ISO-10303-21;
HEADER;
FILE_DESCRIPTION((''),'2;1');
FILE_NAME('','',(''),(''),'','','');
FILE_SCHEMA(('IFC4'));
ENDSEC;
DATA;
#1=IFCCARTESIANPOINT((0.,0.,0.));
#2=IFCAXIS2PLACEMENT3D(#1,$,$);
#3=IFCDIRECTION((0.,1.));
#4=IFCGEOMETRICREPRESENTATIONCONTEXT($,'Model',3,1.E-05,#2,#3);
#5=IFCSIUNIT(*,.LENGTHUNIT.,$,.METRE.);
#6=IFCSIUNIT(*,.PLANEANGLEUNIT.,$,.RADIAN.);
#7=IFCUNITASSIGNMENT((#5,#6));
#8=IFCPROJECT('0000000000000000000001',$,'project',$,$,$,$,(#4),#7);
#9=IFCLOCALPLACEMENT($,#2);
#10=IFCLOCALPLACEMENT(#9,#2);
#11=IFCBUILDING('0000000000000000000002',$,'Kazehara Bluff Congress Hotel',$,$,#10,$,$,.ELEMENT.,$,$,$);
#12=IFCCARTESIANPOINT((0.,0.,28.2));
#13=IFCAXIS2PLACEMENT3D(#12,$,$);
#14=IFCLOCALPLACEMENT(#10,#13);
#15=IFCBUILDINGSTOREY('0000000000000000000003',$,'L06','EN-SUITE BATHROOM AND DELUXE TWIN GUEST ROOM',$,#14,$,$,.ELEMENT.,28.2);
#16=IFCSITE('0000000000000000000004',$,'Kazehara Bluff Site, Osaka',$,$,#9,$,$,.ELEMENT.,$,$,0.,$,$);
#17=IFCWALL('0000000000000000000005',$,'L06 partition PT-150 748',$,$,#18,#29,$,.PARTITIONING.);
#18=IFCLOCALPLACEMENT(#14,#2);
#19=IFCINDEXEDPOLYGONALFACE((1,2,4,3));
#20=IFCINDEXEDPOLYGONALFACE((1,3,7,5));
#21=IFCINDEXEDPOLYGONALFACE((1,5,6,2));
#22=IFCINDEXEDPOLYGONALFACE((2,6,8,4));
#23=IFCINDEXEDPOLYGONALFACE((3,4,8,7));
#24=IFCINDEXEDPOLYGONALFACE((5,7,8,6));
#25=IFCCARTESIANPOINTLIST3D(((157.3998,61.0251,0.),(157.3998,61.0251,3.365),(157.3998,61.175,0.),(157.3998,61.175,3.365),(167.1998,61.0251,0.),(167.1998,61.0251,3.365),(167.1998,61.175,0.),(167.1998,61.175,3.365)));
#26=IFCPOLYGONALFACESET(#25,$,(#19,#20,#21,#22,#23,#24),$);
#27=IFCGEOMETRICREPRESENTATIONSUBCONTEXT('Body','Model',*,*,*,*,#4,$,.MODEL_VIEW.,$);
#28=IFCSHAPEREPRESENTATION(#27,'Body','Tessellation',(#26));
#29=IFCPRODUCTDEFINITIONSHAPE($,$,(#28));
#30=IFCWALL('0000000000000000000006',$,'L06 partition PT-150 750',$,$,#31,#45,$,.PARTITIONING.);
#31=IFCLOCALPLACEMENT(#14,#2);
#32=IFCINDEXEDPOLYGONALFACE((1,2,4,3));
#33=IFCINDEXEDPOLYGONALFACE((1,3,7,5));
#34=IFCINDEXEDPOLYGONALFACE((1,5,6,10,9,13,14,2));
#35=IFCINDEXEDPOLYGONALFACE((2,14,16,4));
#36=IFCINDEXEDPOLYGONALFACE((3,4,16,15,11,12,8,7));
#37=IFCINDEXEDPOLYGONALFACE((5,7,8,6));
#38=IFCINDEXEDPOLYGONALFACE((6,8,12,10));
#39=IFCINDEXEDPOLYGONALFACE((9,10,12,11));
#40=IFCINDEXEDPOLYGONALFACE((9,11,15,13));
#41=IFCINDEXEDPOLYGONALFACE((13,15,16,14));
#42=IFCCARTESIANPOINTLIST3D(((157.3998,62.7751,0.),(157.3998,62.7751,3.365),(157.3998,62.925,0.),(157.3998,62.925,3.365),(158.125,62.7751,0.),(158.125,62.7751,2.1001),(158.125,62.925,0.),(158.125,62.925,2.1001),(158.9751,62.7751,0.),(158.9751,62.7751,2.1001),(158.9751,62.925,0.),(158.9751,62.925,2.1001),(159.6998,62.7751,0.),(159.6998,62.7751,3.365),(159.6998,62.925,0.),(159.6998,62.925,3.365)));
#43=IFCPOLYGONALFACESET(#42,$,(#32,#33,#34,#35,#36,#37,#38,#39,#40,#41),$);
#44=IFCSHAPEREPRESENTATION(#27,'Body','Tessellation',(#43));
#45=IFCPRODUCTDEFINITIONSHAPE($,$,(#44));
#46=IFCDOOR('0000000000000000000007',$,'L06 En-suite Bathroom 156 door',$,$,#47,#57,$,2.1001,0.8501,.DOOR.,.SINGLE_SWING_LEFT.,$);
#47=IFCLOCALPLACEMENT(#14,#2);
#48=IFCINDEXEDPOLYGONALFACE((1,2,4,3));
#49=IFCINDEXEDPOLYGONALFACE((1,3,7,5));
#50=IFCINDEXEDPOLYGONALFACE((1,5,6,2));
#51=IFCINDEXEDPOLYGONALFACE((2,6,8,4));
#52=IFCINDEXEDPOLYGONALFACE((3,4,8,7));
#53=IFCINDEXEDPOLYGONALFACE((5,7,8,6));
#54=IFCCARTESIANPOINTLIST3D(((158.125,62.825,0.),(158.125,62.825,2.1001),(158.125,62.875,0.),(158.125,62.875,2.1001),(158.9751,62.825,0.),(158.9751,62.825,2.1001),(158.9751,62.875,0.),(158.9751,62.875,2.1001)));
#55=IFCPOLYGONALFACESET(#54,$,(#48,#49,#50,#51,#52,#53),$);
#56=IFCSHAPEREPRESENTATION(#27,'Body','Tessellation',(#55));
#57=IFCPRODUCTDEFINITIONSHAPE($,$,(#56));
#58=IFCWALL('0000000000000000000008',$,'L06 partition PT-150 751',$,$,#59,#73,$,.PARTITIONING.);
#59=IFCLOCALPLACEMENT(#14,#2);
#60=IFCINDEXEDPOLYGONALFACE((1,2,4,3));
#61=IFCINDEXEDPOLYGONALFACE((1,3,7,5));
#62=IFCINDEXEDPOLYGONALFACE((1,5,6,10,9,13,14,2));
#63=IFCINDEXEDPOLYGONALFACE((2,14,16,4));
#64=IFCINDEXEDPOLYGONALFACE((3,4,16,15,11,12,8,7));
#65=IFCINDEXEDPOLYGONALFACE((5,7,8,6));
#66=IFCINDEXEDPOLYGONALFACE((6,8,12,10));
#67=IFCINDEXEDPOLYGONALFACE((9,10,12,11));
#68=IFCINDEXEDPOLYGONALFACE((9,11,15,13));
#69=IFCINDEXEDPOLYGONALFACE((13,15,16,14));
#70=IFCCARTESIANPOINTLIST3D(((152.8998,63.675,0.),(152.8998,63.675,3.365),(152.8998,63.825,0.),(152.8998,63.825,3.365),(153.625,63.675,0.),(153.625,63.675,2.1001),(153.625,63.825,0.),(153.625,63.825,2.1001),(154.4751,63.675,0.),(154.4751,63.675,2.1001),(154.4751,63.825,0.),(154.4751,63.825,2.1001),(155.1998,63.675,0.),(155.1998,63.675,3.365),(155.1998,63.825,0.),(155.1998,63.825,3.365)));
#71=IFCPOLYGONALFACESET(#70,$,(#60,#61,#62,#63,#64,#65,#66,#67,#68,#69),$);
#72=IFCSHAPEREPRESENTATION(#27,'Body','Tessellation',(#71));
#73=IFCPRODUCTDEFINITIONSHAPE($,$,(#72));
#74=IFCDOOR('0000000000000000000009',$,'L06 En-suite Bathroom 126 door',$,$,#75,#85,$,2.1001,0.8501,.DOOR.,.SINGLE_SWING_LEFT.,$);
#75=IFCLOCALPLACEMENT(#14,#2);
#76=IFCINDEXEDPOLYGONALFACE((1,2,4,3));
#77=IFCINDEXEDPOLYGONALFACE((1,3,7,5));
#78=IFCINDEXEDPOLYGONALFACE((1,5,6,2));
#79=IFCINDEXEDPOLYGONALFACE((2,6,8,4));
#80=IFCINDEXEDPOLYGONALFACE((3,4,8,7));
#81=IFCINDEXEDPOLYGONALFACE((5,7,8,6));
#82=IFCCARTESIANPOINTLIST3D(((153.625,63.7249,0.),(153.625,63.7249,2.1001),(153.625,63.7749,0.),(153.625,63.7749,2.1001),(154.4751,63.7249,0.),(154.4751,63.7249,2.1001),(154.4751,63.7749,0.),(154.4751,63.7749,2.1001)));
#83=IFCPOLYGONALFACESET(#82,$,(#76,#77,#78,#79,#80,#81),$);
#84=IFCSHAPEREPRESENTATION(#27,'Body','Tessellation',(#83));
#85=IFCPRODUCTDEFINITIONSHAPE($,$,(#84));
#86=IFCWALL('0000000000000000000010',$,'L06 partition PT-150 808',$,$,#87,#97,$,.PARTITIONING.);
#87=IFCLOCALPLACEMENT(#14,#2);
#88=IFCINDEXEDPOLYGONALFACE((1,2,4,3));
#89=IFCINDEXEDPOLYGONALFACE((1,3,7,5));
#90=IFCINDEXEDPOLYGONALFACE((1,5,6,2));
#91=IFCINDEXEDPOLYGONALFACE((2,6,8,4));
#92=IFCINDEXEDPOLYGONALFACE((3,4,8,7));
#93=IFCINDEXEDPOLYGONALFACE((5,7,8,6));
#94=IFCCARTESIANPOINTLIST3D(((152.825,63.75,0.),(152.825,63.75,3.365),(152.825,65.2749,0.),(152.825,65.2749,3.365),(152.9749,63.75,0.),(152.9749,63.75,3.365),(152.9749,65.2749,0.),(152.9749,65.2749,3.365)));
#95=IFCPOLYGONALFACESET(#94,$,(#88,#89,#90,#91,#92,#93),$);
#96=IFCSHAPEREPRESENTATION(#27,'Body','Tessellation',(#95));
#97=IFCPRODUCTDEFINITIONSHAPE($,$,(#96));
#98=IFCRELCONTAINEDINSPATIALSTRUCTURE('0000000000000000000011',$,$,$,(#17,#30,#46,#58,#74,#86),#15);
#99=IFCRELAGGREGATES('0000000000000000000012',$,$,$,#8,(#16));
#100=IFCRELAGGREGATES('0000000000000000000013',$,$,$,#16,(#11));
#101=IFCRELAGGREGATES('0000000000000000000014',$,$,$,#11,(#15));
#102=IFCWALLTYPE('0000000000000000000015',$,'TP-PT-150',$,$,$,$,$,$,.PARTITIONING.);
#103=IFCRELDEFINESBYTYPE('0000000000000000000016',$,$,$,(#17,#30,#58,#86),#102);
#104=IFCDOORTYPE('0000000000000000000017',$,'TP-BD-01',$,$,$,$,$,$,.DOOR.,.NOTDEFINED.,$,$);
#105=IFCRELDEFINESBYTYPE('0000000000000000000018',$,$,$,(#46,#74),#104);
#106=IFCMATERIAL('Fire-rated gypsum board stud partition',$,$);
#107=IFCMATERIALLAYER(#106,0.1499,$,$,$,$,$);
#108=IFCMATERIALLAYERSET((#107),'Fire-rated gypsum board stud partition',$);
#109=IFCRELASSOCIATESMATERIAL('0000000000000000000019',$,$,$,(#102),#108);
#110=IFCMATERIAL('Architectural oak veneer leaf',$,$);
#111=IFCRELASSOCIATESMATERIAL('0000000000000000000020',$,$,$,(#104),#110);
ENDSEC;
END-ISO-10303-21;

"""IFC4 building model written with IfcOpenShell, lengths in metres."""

from ifc_helpers import new_model, si_unit, direction, frame, frame_2d, origin, place, context, subcontext, project, spatial, rectangle, extrude, material, layer, layer_set, type_object, element, fill, save


model = new_model("IFC4")

# Units and contexts
model_context = context("Model", 3, precision=1e-05, world=origin(), true_north=direction((0.0, 1.0)))
body_context = subcontext(model_context, "Body", "Model", "MODEL_VIEW")
ifc_project = project(units=[si_unit("LENGTHUNIT", "METRE"), si_unit("PLANEANGLEUNIT", "RADIAN")], contexts=[model_context])

# Site, building, storey
site_placement = place(None, origin())
site = spatial("IfcSite", under=ifc_project, at=site_placement, Name="Kazehara Bluff Site, Osaka", CompositionType="ELEMENT", RefElevation=0.0)
building_placement = place(site_placement, origin())
building = spatial("IfcBuilding", under=site, at=building_placement, Name="Kazehara Bluff Congress Hotel", CompositionType="ELEMENT")
storey_placement = place(building_placement, frame((0.0, 0.0, 28.2)))
storey = spatial("IfcBuildingStorey", under=building, at=storey_placement, Name="L06", Description="EN-SUITE BATHROOM AND DELUXE TWIN GUEST ROOM", CompositionType="ELEMENT", Elevation=28.2)

# Wall
ifc_material_1 = material(Name="Fire-rated gypsum board stud partition")
ifc_layer = layer(ifc_material_1, 0.1499)
ifc_layer_set = layer_set([ifc_layer], Name="Fire-rated gypsum board stud partition")
wall_type = type_object("IfcWallType", Name="TP-PT-150", PredefinedType="PARTITIONING", material=ifc_layer_set)
wall_1_placement = place(storey_placement, frame((157.3999, 61.1001, 0.0), z_axis=(0.0, 0.0, 1.0), x_axis=(1.0, 0.0, 0.0)))
element("IfcWall", 1, at=wall_1_placement, inside=storey, type_object=wall_type, Name="L06 partition PT-150 748", PredefinedType="PARTITIONING", context=body_context, shape_type="SweptSolid", body=[
    extrude(rectangle(XDim=9.8, YDim=0.1499, at=frame_2d((4.8999, 0.0))), origin(), (0.0, 0.0, 1.0), 3.365),
])

# Walls, openings, doors
wall_2_placement = place(storey_placement, frame((157.3999, 62.8501, 0.0), z_axis=(0.0, 0.0, 1.0), x_axis=(1.0, 0.0, 0.0)))
wall_2 = element("IfcWall", 2, at=wall_2_placement, inside=storey, type_object=wall_type, Name="L06 partition PT-150 750", PredefinedType="PARTITIONING", context=body_context, shape_type="SweptSolid", body=[
    extrude(rectangle(XDim=2.3, YDim=0.1499, at=frame_2d((1.1499, 0.0))), origin(), (0.0, 0.0, 1.0), 3.365),
])
opening_1_placement = place(wall_2_placement, frame((0.7251, 0.0, 0.0)))
opening_1 = element("IfcOpeningElement", 3, at=opening_1_placement, cuts=wall_2, PredefinedType="OPENING", context=body_context, shape_type="SweptSolid", body=[
    extrude(rectangle(XDim=0.8501, YDim=2.1001, at=frame_2d((0.425, 1.05))), frame((0.0, 0.085, 0.0), z_axis=(0.0, -1.0, 0.0), x_axis=(1.0, 0.0, 0.0)), (0.0, 0.0, 1.0), 0.1699),
])
ifc_material_2 = material(Name="Architectural oak veneer leaf")
door_type_1 = type_object("IfcDoorType", Name="TP-BD-01", OperationType="NOTDEFINED", PredefinedType="DOOR", material=ifc_material_2)
door_1_placement = place(opening_1_placement, origin())
door_1 = element("IfcDoor", 4, at=door_1_placement, inside=storey, type_object=door_type_1, Name="L06 En-suite Bathroom 156 door", OperationType="SINGLE_SWING_LEFT", OverallHeight=2.1001, OverallWidth=0.8501, PredefinedType="DOOR", context=body_context, shape_type="SweptSolid", body=[
    extrude(rectangle(XDim=0.8501, YDim=2.1001, at=frame_2d((0.425, 1.05))), frame((0.0, 0.0249, 0.0), z_axis=(0.0, -1.0, 0.0), x_axis=(1.0, 0.0, 0.0)), (0.0, 0.0, 1.0), 0.05),
])
fill(opening_1, door_1)
wall_3_placement = place(storey_placement, frame((152.8999, 63.75, 0.0), z_axis=(0.0, 0.0, 1.0), x_axis=(1.0, 0.0, 0.0)))
wall_3 = element("IfcWall", 5, at=wall_3_placement, inside=storey, type_object=wall_type, Name="L06 partition PT-150 751", PredefinedType="PARTITIONING", context=body_context, shape_type="SweptSolid", body=[
    extrude(rectangle(XDim=2.3, YDim=0.1499, at=frame_2d((1.1499, 0.0))), origin(), (0.0, 0.0, 1.0), 3.365),
])
opening_2_placement = place(wall_3_placement, frame((0.7251, 0.0, 0.0)))
opening_2 = element("IfcOpeningElement", 6, at=opening_2_placement, cuts=wall_3, PredefinedType="OPENING", context=body_context, shape_type="SweptSolid", body=[
    extrude(rectangle(XDim=0.8501, YDim=2.1001, at=frame_2d((0.425, 1.05))), frame((0.0, 0.085, 0.0), z_axis=(0.0, -1.0, 0.0), x_axis=(1.0, 0.0, 0.0)), (0.0, 0.0, 1.0), 0.1699),
])
door_2_placement = place(opening_2_placement, origin())
door_2 = element("IfcDoor", 7, at=door_2_placement, inside=storey, type_object=door_type_1, Name="L06 En-suite Bathroom 126 door", OperationType="SINGLE_SWING_LEFT", OverallHeight=2.1001, OverallWidth=0.8501, PredefinedType="DOOR", context=body_context, shape_type="SweptSolid", body=[
    extrude(rectangle(XDim=0.8501, YDim=2.1001, at=frame_2d((0.425, 1.05))), frame((0.0, 0.0249, 0.0), z_axis=(0.0, -1.0, 0.0), x_axis=(1.0, 0.0, 0.0)), (0.0, 0.0, 1.0), 0.05),
])
fill(opening_2, door_2)

# Wall
wall_4_placement = place(storey_placement, frame((152.8999, 63.75, 0.0), z_axis=(0.0, 0.0, 1.0), x_axis=(0.0, 1.0, 0.0)))
element("IfcWall", 8, at=wall_4_placement, inside=storey, type_object=wall_type, Name="L06 partition PT-150 808", PredefinedType="PARTITIONING", context=body_context, shape_type="SweptSolid", body=[
    extrude(rectangle(XDim=1.5249, YDim=0.1499, at=frame_2d((0.7625, 0.0))), origin(), (0.0, 0.0, 1.0), 3.365),
])

save(model, "model.ifc")
